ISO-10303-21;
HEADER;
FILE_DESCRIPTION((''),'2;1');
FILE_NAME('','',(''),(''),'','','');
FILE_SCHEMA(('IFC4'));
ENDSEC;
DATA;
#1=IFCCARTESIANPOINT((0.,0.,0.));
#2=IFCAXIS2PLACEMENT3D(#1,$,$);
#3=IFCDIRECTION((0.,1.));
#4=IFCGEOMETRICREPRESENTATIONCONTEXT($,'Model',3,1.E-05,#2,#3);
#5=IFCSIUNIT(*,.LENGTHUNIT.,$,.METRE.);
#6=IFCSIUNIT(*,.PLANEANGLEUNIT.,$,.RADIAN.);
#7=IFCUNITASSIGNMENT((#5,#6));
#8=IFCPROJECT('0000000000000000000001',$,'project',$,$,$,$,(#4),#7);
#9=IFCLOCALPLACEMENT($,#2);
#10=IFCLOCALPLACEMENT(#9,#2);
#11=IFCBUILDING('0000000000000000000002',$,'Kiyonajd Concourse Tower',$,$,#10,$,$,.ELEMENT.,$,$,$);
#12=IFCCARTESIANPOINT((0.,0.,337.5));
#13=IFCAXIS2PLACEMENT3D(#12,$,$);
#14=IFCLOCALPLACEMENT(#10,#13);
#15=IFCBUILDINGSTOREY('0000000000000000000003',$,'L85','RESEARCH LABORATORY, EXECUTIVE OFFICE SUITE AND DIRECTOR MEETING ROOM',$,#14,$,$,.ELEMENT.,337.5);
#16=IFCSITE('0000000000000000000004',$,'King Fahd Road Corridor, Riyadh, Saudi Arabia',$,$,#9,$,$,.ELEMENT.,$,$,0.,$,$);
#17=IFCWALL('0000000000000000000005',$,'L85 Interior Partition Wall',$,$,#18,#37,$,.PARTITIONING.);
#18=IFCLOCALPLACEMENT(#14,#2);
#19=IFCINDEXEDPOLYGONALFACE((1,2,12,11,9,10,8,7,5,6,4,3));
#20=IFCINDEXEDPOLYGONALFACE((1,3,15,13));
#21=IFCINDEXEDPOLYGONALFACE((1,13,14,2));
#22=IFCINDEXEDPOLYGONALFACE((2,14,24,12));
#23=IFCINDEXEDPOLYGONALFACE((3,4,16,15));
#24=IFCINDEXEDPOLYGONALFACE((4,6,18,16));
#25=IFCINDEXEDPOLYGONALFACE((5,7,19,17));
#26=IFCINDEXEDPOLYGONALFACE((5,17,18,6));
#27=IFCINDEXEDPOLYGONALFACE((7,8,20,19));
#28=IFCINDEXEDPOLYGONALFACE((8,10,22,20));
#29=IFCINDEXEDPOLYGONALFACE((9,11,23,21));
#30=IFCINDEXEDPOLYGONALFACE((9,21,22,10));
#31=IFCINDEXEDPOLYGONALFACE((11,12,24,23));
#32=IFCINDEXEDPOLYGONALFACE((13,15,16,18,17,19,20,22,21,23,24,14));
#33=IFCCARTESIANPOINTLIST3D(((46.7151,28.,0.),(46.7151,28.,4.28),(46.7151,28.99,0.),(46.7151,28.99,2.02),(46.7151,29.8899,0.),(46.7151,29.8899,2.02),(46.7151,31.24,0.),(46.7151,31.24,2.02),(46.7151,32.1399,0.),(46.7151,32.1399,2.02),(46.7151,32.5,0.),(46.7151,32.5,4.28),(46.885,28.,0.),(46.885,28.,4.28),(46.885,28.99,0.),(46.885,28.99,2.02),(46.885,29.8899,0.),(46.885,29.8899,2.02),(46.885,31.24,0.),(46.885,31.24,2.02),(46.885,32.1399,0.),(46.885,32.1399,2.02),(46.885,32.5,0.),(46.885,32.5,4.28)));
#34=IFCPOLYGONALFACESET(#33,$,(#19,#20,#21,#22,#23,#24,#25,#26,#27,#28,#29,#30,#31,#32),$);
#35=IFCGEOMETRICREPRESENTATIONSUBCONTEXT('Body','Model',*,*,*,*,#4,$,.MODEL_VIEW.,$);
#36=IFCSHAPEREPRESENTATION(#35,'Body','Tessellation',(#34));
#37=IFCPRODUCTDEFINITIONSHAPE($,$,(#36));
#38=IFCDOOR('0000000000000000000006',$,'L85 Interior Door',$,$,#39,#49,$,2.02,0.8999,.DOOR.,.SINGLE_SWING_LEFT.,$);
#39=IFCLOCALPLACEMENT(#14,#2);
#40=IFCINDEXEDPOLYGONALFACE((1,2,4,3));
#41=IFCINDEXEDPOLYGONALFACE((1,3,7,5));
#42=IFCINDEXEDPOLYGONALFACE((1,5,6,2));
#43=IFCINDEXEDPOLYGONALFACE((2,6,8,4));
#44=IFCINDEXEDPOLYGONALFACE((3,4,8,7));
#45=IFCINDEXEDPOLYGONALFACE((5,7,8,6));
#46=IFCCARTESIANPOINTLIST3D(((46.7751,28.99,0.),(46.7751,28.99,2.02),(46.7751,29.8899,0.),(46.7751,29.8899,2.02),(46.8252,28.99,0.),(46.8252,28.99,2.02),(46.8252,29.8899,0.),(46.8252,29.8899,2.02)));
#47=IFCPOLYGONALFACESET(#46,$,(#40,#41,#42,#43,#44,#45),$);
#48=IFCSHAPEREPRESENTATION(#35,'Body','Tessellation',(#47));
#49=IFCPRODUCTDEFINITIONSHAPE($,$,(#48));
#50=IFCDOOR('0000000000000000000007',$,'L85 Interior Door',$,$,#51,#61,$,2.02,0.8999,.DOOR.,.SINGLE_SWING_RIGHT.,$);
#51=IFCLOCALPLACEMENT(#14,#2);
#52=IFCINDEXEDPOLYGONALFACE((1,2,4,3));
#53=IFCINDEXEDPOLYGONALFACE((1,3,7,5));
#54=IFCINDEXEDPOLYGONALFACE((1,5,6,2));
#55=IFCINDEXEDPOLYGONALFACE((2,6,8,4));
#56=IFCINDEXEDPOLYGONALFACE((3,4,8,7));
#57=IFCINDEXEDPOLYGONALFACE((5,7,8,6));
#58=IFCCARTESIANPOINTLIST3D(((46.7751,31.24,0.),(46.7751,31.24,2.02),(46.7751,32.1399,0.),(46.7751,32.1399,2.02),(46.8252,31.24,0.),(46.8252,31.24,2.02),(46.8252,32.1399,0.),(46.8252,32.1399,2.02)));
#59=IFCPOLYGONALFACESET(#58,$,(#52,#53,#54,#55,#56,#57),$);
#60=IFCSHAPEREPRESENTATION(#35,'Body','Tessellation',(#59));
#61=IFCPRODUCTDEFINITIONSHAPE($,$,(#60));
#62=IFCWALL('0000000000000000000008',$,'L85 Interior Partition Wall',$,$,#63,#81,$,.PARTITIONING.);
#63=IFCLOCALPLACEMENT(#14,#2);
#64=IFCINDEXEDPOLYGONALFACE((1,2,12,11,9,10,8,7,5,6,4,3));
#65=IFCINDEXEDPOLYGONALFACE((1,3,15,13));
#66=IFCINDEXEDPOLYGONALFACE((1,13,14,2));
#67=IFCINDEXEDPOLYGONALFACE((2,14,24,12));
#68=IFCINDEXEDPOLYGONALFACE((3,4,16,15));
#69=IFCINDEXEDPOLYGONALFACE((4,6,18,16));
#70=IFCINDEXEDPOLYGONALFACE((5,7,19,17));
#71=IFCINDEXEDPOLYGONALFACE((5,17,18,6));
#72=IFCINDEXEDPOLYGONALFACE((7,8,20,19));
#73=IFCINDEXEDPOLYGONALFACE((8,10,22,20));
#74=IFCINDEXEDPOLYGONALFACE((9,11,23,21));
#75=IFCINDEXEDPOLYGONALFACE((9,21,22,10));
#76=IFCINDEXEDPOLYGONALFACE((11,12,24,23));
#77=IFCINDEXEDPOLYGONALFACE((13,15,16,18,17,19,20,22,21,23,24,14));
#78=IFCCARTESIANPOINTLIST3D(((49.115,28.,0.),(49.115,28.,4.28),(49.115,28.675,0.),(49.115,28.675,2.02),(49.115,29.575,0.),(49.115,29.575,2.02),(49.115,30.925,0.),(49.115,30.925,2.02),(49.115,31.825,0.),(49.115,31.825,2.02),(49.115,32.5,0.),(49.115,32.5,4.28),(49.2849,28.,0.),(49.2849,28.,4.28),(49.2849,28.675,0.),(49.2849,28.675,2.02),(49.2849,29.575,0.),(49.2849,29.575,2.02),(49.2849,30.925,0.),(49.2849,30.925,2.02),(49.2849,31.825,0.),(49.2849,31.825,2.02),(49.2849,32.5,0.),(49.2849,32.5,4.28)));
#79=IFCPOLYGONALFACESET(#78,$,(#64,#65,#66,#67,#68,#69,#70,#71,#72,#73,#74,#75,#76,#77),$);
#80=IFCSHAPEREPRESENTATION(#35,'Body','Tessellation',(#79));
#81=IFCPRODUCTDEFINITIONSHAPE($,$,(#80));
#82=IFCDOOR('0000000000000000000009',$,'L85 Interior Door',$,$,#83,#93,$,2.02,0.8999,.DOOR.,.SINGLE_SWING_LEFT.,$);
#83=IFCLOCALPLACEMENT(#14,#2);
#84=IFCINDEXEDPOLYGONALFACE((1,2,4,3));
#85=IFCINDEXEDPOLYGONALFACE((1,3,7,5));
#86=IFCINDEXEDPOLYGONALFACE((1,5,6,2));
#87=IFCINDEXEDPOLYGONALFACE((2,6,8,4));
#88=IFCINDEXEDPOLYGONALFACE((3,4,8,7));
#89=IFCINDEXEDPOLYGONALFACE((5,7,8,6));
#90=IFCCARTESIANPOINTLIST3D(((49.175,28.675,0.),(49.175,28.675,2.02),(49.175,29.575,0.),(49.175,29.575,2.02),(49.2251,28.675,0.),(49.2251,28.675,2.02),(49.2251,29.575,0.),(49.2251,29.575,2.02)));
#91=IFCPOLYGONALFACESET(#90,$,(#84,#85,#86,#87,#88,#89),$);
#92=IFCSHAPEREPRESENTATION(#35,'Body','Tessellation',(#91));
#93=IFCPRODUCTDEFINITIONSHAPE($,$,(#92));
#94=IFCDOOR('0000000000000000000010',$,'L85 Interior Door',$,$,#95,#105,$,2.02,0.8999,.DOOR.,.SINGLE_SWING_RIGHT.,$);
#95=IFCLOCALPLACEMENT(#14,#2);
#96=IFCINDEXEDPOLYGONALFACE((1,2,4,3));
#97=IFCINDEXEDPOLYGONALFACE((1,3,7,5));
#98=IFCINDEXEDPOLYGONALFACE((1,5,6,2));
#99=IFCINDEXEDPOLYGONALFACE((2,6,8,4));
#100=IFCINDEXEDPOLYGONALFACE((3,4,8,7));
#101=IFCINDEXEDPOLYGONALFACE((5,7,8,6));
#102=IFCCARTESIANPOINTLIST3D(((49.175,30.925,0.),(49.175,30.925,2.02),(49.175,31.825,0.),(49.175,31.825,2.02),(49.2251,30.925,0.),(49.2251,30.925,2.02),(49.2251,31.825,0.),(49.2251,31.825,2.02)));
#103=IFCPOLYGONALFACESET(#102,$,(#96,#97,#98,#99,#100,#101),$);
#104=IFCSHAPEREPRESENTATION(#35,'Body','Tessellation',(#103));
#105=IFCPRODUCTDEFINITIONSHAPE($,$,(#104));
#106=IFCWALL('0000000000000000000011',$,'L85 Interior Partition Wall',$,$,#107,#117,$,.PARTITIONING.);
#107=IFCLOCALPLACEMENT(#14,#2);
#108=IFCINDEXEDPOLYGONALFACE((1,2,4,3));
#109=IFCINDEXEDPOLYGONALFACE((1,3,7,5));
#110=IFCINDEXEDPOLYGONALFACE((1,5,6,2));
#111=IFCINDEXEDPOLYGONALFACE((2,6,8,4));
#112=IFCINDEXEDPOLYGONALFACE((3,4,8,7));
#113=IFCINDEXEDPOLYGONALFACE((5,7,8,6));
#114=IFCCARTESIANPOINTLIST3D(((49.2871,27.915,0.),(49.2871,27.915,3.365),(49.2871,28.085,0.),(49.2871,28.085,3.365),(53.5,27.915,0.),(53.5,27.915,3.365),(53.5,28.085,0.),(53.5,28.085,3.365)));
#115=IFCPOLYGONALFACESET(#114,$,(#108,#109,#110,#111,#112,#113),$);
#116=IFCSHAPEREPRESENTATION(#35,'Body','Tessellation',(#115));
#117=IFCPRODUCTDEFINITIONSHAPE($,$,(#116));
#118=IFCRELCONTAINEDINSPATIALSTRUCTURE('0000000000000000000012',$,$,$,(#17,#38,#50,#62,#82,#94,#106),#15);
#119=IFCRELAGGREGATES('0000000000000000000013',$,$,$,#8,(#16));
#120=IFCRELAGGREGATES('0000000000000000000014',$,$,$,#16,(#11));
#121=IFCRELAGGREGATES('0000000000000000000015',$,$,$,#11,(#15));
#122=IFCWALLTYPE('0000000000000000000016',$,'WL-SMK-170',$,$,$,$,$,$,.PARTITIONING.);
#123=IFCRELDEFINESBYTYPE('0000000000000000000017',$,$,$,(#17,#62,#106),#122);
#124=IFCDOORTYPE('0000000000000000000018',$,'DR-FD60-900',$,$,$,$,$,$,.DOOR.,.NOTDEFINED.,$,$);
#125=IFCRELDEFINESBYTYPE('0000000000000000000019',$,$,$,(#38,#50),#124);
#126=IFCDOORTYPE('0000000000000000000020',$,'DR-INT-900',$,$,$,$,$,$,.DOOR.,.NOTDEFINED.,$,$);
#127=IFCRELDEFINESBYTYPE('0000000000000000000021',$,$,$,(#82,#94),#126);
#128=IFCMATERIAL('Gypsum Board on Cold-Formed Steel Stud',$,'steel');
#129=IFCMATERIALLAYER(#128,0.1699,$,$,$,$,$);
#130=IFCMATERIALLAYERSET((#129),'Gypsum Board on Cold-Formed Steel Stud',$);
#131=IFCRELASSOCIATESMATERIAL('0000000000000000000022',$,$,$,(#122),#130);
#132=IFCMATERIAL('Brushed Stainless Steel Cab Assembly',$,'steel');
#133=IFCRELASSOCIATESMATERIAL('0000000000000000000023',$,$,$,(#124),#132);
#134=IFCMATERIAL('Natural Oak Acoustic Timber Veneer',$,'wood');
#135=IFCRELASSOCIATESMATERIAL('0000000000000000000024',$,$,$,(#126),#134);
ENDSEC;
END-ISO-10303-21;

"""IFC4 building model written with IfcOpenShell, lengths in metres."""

from ifc_helpers import new_model, si_unit, direction, frame, frame_2d, origin, place, context, subcontext, project, spatial, rectangle, extrude, material, layer, layer_set, type_object, element, fill, save


model = new_model("IFC4")

# Units and contexts
model_context = context("Model", 3, precision=1e-05, world=origin(), true_north=direction((0.0, 1.0)))
body_context = subcontext(model_context, "Body", "Model", "MODEL_VIEW")
ifc_project = project(units=[si_unit("LENGTHUNIT", "METRE"), si_unit("PLANEANGLEUNIT", "RADIAN")], contexts=[model_context])

# Site, building, storey
site_placement = place(None, origin())
site = spatial("IfcSite", under=ifc_project, at=site_placement, Name="King Fahd Road Corridor, Riyadh, Saudi Arabia", CompositionType="ELEMENT", RefElevation=0.0)
building_placement = place(site_placement, origin())
building = spatial("IfcBuilding", under=site, at=building_placement, Name="Kiyonajd Concourse Tower", CompositionType="ELEMENT")
storey_placement = place(building_placement, frame((0.0, 0.0, 337.5)))
storey = spatial("IfcBuildingStorey", under=building, at=storey_placement, Name="L85", Description="RESEARCH LABORATORY, EXECUTIVE OFFICE SUITE AND DIRECTOR MEETING ROOM", CompositionType="ELEMENT", Elevation=337.5)

# Shared definitions
ifc_material_1 = material(Name="Gypsum Board on Cold-Formed Steel Stud", Category="steel")

# Shared definitions
ifc_layer_1 = layer(ifc_material_1, 0.1699)
ifc_layer_set_1 = layer_set([ifc_layer_1], Name="Gypsum Board on Cold-Formed Steel Stud")
wall_type_1 = type_object("IfcWallType", Name="WL-SMK-170", PredefinedType="PARTITIONING", material=ifc_layer_set_1)
ifc_material_2 = material(Name="Brushed Stainless Steel Cab Assembly", Category="steel")
door_type_1 = type_object("IfcDoorType", Name="DR-FD60-900", OperationType="NOTDEFINED", PredefinedType="DOOR", material=ifc_material_2)
ifc_material_3 = material(Name="Natural Oak Acoustic Timber Veneer", Category="wood")
door_type_2 = type_object("IfcDoorType", Name="DR-INT-900", OperationType="NOTDEFINED", PredefinedType="DOOR", material=ifc_material_3)

# Walls, openings, doors
wall_1_placement = place(storey_placement, frame((46.8, 28.0, 0.0), z_axis=(0.0, 0.0, 1.0), x_axis=(0.0, 1.0, 0.0)))
wall_1 = element("IfcWall", 1, at=wall_1_placement, inside=storey, type_object=wall_type_1, Name="L85 Interior Partition Wall", PredefinedType="PARTITIONING", context=body_context, shape_type="SweptSolid", body=[
    extrude(rectangle(XDim=4.5, YDim=0.1699, at=frame_2d((2.25, 0.0))), origin(), (0.0, 0.0, 1.0), 4.28),
])
opening_1_placement = place(wall_1_placement, frame((0.99, 0.0, 0.0)))
opening_1 = element("IfcOpeningElement", 2, at=opening_1_placement, cuts=wall_1, PredefinedType="OPENING", context=body_context, shape_type="SweptSolid", body=[
    extrude(rectangle(XDim=0.8999, YDim=2.02, at=frame_2d((0.45, 1.01))), frame((0.0, 0.095, 0.0), z_axis=(0.0, -1.0, 0.0), x_axis=(1.0, 0.0, 0.0)), (0.0, 0.0, 1.0), 0.1899),
])
opening_2_placement = place(wall_1_placement, frame((3.24, 0.0, 0.0)))
opening_2 = element("IfcOpeningElement", 3, at=opening_2_placement, cuts=wall_1, PredefinedType="OPENING", context=body_context, shape_type="SweptSolid", body=[
    extrude(rectangle(XDim=0.8999, YDim=2.02, at=frame_2d((0.45, 1.01))), frame((0.0, 0.095, 0.0), z_axis=(0.0, -1.0, 0.0), x_axis=(1.0, 0.0, 0.0)), (0.0, 0.0, 1.0), 0.1899),
])
door_1_placement = place(opening_1_placement, origin())
door_1 = element("IfcDoor", 4, at=door_1_placement, inside=storey, type_object=door_type_1, Name="L85 Interior Door", OperationType="SINGLE_SWING_LEFT", OverallHeight=2.02, OverallWidth=0.8999, PredefinedType="DOOR", context=body_context, shape_type="SweptSolid", body=[
    extrude(rectangle(XDim=0.8999, YDim=2.02, at=frame_2d((0.45, 1.01))), frame((0.0, 0.0249, 0.0), z_axis=(0.0, -1.0, 0.0), x_axis=(1.0, 0.0, 0.0)), (0.0, 0.0, 1.0), 0.05),
])
fill(opening_1, door_1)
door_2_placement = place(opening_2_placement, origin())
door_2 = element("IfcDoor", 5, at=door_2_placement, inside=storey, type_object=door_type_1, Name="L85 Interior Door", OperationType="SINGLE_SWING_RIGHT", OverallHeight=2.02, OverallWidth=0.8999, PredefinedType="DOOR", context=body_context, shape_type="SweptSolid", body=[
    extrude(rectangle(XDim=0.8999, YDim=2.02, at=frame_2d((0.45, 1.01))), frame((0.0, 0.0249, 0.0), z_axis=(0.0, -1.0, 0.0), x_axis=(1.0, 0.0, 0.0)), (0.0, 0.0, 1.0), 0.05),
])
fill(opening_2, door_2)
wall_2_placement = place(storey_placement, frame((49.2, 28.0, 0.0), z_axis=(0.0, 0.0, 1.0), x_axis=(0.0, 1.0, 0.0)))
wall_2 = element("IfcWall", 6, at=wall_2_placement, inside=storey, type_object=wall_type_1, Name="L85 Interior Partition Wall", PredefinedType="PARTITIONING", context=body_context, shape_type="SweptSolid", body=[
    extrude(rectangle(XDim=4.5, YDim=0.1699, at=frame_2d((2.25, 0.0))), origin(), (0.0, 0.0, 1.0), 4.28),
])
opening_3_placement = place(wall_2_placement, frame((0.675, 0.0, 0.0)))
opening_3 = element("IfcOpeningElement", 7, at=opening_3_placement, cuts=wall_2, PredefinedType="OPENING", context=body_context, shape_type="SweptSolid", body=[
    extrude(rectangle(XDim=0.8999, YDim=2.02, at=frame_2d((0.45, 1.01))), frame((0.0, 0.095, 0.0), z_axis=(0.0, -1.0, 0.0), x_axis=(1.0, 0.0, 0.0)), (0.0, 0.0, 1.0), 0.1899),
])
opening_4_placement = place(wall_2_placement, frame((2.925, 0.0, 0.0)))
opening_4 = element("IfcOpeningElement", 8, at=opening_4_placement, cuts=wall_2, PredefinedType="OPENING", context=body_context, shape_type="SweptSolid", body=[
    extrude(rectangle(XDim=0.8999, YDim=2.02, at=frame_2d((0.45, 1.01))), frame((0.0, 0.095, 0.0), z_axis=(0.0, -1.0, 0.0), x_axis=(1.0, 0.0, 0.0)), (0.0, 0.0, 1.0), 0.1899),
])
door_3_placement = place(opening_3_placement, origin())
door_3 = element("IfcDoor", 9, at=door_3_placement, inside=storey, type_object=door_type_2, Name="L85 Interior Door", OperationType="SINGLE_SWING_LEFT", OverallHeight=2.02, OverallWidth=0.8999, PredefinedType="DOOR", context=body_context, shape_type="SweptSolid", body=[
    extrude(rectangle(XDim=0.8999, YDim=2.02, at=frame_2d((0.45, 1.01))), frame((0.0, 0.0249, 0.0), z_axis=(0.0, -1.0, 0.0), x_axis=(1.0, 0.0, 0.0)), (0.0, 0.0, 1.0), 0.05),
])
fill(opening_3, door_3)
door_4_placement = place(opening_4_placement, origin())
door_4 = element("IfcDoor", 10, at=door_4_placement, inside=storey, type_object=door_type_2, Name="L85 Interior Door", OperationType="SINGLE_SWING_RIGHT", OverallHeight=2.02, OverallWidth=0.8999, PredefinedType="DOOR", context=body_context, shape_type="SweptSolid", body=[
    extrude(rectangle(XDim=0.8999, YDim=2.02, at=frame_2d((0.45, 1.01))), frame((0.0, 0.0249, 0.0), z_axis=(0.0, -1.0, 0.0), x_axis=(1.0, 0.0, 0.0)), (0.0, 0.0, 1.0), 0.05),
])
fill(opening_4, door_4)

# Wall
wall_3_placement = place(storey_placement, frame((49.2871, 28.0, 0.0), z_axis=(0.0, 0.0, 1.0), x_axis=(1.0, 0.0, 0.0)))
element("IfcWall", 11, at=wall_3_placement, inside=storey, type_object=wall_type_1, Name="L85 Interior Partition Wall", PredefinedType="PARTITIONING", context=body_context, shape_type="SweptSolid", body=[
    extrude(rectangle(XDim=4.2129, YDim=0.1699, at=frame_2d((2.1064, 0.0))), origin(), (0.0, 0.0, 1.0), 3.365),
])

save(model, "model.ifc")
